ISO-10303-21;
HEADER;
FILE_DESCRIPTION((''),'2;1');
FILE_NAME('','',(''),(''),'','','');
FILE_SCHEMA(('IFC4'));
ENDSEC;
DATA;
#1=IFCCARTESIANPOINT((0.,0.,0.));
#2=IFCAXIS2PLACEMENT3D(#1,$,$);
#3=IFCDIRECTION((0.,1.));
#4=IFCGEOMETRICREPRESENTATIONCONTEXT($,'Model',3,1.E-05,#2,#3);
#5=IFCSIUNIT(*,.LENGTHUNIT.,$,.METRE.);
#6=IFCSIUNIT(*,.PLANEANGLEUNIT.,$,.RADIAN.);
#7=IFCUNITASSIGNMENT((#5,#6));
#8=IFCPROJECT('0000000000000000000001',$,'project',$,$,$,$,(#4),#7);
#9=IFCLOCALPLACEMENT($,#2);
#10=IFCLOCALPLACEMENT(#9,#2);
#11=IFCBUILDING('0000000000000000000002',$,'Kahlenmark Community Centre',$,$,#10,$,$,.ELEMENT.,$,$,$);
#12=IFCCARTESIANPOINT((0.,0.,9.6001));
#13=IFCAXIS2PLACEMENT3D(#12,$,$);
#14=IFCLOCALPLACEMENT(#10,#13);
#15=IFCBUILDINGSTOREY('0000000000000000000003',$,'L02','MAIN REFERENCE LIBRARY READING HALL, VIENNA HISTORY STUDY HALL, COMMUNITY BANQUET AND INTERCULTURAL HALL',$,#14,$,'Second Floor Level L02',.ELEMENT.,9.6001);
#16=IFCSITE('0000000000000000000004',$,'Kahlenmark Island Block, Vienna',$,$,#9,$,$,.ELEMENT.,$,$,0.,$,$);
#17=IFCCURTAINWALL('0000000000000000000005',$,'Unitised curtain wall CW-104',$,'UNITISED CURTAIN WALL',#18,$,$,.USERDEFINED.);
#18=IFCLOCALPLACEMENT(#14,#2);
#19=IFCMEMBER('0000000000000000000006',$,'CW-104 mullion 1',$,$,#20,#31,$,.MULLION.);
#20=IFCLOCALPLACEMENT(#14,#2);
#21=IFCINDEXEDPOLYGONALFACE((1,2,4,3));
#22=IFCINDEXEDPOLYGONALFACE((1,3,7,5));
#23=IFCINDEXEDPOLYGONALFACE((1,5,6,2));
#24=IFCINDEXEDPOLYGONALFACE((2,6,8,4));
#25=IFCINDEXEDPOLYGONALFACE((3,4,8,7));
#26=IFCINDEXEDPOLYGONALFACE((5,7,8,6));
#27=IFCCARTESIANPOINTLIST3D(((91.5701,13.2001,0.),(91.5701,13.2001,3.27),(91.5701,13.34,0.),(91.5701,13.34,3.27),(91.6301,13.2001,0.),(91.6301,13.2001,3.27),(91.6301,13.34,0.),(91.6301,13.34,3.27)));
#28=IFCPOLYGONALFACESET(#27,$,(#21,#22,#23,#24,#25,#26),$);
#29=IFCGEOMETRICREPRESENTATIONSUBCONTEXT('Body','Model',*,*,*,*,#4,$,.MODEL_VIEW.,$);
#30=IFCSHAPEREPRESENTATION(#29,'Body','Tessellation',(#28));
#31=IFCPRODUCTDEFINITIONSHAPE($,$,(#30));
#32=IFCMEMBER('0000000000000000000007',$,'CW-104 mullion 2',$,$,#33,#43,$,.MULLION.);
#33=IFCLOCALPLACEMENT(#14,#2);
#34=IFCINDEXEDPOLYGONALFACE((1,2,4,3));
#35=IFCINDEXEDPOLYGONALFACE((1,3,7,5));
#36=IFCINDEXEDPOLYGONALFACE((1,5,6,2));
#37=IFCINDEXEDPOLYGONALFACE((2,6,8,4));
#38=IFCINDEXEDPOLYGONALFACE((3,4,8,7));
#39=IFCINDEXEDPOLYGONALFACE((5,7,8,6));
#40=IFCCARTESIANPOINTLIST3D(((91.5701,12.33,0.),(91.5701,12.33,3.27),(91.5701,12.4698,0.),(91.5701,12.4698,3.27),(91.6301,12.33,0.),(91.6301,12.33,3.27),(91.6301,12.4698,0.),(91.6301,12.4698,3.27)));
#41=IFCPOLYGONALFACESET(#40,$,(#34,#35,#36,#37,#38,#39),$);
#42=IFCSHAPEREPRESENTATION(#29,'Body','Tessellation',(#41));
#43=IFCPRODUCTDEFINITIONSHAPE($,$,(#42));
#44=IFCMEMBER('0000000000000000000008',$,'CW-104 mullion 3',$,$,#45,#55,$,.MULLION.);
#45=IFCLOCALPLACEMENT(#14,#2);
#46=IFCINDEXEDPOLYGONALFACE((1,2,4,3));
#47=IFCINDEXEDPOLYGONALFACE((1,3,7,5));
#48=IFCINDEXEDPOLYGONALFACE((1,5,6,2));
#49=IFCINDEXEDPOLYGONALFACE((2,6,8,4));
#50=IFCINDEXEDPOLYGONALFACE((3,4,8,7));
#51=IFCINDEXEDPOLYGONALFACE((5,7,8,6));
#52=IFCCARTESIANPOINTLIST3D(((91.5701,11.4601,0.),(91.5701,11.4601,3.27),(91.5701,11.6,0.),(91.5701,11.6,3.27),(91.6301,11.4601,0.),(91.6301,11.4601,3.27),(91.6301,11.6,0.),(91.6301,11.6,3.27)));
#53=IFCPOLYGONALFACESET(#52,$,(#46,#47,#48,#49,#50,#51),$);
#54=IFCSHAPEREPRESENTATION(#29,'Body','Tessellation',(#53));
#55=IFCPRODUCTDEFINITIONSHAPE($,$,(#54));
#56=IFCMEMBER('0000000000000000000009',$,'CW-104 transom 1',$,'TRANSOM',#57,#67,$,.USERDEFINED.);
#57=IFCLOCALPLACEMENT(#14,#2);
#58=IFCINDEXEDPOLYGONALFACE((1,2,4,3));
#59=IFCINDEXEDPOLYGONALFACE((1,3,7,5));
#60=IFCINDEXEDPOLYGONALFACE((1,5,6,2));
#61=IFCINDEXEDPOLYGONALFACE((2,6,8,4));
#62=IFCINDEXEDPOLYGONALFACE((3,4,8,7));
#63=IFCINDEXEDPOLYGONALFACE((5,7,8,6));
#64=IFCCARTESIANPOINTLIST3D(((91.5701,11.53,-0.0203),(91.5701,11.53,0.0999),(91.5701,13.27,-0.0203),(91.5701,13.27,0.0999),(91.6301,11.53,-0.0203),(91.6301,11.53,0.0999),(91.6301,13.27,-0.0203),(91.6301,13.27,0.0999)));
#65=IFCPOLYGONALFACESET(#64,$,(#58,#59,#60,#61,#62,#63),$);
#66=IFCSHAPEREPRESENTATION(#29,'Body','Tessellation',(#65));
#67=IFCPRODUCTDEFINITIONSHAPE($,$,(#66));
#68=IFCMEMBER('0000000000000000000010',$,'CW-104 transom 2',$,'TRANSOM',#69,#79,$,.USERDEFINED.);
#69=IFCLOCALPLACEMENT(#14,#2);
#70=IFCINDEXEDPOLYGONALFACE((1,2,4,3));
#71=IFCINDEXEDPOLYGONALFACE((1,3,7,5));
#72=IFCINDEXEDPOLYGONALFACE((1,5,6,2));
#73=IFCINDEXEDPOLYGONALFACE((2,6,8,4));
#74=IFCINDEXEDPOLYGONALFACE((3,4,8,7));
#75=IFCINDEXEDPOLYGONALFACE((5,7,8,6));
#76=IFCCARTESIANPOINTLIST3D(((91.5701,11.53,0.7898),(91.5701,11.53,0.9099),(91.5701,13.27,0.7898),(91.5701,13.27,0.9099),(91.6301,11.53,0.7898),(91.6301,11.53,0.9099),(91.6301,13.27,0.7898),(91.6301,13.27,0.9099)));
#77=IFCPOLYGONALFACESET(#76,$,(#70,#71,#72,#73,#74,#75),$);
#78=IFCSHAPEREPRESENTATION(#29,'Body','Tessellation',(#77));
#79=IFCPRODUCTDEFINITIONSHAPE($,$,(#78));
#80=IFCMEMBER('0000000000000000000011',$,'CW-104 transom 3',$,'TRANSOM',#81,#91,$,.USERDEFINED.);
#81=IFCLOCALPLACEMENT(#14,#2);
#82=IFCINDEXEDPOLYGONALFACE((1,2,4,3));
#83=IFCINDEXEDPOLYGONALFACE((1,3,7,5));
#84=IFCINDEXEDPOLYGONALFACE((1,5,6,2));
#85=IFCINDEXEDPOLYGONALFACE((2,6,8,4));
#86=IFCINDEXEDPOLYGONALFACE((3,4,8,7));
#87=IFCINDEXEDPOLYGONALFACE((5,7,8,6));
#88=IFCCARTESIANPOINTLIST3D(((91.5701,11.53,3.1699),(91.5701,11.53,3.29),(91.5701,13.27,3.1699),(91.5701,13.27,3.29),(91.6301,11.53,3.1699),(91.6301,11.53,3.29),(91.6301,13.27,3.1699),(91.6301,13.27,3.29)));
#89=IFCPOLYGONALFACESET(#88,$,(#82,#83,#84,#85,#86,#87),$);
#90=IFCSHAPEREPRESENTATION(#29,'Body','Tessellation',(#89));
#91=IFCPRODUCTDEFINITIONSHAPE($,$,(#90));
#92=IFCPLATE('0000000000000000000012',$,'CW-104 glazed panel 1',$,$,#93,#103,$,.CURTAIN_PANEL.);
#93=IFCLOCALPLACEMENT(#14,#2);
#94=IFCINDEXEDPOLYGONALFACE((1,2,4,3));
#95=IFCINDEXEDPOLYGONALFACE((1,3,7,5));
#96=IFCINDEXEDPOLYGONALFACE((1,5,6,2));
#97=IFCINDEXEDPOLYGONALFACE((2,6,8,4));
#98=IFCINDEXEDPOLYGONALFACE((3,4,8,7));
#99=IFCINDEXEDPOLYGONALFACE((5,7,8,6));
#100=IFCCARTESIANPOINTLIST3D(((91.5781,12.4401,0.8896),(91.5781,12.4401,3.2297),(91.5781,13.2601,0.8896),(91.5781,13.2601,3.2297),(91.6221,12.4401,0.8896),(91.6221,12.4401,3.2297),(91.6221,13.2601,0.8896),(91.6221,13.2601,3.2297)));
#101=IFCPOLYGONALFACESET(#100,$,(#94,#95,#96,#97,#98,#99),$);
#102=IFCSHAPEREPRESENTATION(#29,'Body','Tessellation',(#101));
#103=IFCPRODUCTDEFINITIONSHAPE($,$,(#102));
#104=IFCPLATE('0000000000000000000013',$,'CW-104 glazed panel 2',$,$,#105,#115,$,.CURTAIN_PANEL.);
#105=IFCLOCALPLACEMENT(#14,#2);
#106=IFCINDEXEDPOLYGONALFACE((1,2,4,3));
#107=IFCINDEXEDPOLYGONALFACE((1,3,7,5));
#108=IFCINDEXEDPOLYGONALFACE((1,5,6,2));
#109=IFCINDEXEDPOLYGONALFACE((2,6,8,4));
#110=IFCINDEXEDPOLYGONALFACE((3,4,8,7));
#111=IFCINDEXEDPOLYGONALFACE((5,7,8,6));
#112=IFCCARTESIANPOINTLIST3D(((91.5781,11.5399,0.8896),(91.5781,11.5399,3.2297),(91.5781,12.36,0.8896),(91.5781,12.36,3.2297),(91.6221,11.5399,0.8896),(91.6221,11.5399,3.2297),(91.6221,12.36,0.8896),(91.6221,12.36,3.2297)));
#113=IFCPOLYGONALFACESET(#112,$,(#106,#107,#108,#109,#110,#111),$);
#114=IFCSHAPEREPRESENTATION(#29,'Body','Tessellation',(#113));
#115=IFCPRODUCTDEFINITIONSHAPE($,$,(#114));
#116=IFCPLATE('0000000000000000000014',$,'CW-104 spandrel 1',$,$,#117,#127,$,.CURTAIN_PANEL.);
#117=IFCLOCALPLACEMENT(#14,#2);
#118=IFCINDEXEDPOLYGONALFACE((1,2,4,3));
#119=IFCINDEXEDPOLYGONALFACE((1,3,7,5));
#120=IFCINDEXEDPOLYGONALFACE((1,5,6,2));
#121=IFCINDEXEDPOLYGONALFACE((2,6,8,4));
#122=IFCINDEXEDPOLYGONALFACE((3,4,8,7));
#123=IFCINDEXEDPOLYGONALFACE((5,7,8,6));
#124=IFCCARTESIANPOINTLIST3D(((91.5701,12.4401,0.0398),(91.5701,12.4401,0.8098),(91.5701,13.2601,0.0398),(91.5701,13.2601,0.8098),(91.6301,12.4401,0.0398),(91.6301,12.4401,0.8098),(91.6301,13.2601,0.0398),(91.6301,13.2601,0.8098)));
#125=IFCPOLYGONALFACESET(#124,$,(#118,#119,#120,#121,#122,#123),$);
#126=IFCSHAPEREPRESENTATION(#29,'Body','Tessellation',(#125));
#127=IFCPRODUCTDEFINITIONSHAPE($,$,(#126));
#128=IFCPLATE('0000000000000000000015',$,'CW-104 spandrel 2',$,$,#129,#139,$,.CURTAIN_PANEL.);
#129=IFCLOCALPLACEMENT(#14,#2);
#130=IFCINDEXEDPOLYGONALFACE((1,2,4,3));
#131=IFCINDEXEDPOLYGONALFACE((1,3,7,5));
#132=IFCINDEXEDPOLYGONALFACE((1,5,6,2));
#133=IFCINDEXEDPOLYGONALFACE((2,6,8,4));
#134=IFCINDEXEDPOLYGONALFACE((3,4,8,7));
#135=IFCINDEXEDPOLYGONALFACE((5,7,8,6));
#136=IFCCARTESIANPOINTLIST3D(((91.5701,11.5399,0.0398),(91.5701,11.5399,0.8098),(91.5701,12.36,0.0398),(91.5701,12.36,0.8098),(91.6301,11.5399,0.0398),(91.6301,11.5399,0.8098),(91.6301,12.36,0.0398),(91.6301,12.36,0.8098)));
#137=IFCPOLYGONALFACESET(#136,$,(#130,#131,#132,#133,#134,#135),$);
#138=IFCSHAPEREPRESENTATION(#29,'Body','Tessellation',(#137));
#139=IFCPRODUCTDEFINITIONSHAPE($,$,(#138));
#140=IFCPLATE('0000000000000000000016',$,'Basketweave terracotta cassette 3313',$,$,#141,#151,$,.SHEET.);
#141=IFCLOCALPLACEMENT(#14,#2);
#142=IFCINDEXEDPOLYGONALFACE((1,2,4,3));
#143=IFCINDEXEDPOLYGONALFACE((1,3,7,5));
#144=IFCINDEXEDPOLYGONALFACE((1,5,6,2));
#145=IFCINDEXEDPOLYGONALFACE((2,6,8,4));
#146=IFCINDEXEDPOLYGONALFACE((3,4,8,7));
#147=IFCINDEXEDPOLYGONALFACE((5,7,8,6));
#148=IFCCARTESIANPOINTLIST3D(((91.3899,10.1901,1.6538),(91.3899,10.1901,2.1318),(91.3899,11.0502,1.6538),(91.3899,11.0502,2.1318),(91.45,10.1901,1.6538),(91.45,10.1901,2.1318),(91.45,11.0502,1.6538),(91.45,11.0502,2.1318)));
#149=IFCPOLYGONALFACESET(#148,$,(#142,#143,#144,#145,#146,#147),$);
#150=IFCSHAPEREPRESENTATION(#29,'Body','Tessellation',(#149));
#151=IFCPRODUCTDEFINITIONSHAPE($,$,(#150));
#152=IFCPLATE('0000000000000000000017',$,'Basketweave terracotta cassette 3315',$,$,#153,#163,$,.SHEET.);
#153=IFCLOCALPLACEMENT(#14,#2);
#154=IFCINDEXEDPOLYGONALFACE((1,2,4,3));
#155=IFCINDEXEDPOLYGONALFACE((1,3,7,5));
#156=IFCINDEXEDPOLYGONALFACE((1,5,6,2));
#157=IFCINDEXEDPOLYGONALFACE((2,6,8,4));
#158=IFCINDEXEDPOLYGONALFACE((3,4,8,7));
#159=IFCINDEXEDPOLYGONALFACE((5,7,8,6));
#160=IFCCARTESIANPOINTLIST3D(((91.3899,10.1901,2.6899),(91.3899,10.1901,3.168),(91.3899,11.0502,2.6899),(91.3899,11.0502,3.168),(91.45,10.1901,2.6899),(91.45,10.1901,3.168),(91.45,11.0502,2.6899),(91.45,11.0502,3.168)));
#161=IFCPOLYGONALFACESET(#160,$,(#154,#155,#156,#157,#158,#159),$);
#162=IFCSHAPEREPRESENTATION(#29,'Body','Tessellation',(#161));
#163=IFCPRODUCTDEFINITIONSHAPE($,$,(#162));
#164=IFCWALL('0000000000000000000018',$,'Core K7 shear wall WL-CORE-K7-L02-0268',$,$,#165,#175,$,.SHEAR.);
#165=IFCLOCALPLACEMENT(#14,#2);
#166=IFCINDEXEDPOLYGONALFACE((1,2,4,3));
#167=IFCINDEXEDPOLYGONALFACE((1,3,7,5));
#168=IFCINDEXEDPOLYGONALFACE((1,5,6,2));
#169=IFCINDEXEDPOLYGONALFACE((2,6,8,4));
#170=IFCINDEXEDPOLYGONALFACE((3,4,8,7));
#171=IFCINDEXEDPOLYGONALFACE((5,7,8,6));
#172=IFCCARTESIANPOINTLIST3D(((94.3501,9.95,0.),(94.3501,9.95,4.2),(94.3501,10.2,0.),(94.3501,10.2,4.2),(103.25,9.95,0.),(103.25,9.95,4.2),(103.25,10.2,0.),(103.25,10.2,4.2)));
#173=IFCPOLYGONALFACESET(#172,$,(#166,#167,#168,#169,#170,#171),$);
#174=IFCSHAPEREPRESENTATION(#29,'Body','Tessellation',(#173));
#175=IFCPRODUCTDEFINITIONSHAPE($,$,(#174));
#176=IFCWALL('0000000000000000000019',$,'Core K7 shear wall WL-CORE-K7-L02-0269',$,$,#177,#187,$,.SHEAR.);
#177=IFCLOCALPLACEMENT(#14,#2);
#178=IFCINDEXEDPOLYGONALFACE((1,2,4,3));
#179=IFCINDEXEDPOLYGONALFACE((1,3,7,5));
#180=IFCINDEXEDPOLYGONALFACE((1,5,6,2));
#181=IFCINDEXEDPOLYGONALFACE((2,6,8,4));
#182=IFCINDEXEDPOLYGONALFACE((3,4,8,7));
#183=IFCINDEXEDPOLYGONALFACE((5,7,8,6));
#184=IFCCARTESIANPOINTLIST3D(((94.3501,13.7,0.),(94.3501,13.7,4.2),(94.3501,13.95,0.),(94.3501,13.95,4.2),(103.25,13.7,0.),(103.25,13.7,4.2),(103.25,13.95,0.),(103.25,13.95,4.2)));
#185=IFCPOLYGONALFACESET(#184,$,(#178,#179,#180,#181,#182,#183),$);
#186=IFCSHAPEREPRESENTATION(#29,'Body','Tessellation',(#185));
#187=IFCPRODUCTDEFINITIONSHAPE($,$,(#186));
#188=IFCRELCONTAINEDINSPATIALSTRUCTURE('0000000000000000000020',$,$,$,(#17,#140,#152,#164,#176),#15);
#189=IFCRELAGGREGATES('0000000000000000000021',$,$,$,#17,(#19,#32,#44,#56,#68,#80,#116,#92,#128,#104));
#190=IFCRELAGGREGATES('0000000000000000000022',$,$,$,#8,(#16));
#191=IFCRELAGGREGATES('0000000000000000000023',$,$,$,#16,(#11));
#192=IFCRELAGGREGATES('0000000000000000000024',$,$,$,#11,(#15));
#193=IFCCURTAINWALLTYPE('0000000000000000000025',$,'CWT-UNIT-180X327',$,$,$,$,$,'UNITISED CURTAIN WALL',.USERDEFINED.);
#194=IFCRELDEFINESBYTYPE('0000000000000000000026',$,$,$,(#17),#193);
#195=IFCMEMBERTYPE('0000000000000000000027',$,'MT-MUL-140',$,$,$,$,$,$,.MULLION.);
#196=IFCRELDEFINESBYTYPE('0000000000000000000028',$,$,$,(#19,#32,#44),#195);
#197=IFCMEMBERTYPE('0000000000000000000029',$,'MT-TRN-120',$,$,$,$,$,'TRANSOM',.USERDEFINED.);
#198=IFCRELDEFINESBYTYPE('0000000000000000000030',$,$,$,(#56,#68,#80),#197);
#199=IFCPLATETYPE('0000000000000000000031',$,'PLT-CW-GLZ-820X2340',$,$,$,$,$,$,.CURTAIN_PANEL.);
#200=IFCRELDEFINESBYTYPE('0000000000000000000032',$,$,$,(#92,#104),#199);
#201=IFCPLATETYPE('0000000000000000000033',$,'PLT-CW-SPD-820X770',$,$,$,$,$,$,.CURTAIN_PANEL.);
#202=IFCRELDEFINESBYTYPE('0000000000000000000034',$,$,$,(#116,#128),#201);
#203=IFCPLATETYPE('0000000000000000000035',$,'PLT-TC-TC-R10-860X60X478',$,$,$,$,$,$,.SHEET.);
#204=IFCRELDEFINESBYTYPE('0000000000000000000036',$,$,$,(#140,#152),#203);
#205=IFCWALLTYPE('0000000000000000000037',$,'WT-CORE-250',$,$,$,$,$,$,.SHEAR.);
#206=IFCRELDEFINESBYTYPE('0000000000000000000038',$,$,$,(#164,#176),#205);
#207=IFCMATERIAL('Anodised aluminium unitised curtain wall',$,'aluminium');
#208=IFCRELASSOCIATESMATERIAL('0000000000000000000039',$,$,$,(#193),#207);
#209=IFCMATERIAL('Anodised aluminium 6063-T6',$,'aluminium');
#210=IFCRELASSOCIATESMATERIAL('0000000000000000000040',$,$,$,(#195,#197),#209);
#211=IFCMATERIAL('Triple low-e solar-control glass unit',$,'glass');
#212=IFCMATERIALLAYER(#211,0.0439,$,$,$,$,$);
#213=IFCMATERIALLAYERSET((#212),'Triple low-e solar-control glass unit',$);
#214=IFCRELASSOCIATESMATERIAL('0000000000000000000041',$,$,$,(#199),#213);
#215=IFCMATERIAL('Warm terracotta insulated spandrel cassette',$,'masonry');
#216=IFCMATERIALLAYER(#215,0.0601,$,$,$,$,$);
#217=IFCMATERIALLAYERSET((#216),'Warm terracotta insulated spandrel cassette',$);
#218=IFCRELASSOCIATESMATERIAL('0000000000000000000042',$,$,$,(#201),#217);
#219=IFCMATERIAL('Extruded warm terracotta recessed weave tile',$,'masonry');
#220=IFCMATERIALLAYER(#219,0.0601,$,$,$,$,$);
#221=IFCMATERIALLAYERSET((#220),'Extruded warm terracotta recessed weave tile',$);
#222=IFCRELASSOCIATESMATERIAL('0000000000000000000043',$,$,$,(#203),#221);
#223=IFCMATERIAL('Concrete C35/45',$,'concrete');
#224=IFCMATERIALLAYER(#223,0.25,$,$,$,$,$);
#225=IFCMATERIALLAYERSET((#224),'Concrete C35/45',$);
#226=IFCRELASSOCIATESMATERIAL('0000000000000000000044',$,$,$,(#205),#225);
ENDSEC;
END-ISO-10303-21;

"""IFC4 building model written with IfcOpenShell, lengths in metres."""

from ifc_helpers import new_model, si_unit, direction, frame, frame_2d, origin, origin_2d, place, context, subcontext, project, spatial, rectangle, extrude, material, layer, layer_set, material_profile, profile_set, type_object, element, aggregate, save


model = new_model("IFC4")

# Units and contexts
model_context = context("Model", 3, precision=1e-05, world=origin(), true_north=direction((0.0, 1.0)))
body_context = subcontext(model_context, "Body", "Model", "MODEL_VIEW")
ifc_project = project(units=[si_unit("LENGTHUNIT", "METRE"), si_unit("PLANEANGLEUNIT", "RADIAN")], contexts=[model_context])

# Site, building, storey
site_placement = place(None, origin())
site = spatial("IfcSite", under=ifc_project, at=site_placement, Name="Kahlenmark Island Block, Vienna", CompositionType="ELEMENT", RefElevation=0.0)
building_placement = place(site_placement, origin())
building = spatial("IfcBuilding", under=site, at=building_placement, Name="Kahlenmark Community Centre", CompositionType="ELEMENT")
storey_placement = place(building_placement, frame((0.0, 0.0, 9.6001)))
storey = spatial("IfcBuildingStorey", under=building, at=storey_placement, Name="L02", Description="MAIN REFERENCE LIBRARY READING HALL, VIENNA HISTORY STUDY HALL, COMMUNITY BANQUET AND INTERCULTURAL HALL", LongName="Second Floor Level L02", CompositionType="ELEMENT", Elevation=9.6001)

# Curtain wall, members, plates
ifc_material_1 = material(Name="Anodised aluminium unitised curtain wall", Category="aluminium")
curtain_wall_type = type_object("IfcCurtainWallType", Name="CWT-UNIT-180X327", ElementType="UNITISED CURTAIN WALL", PredefinedType="USERDEFINED", material=ifc_material_1)
curtain_wall_placement = place(storey_placement, origin())
curtain_wall = element("IfcCurtainWall", 1, at=curtain_wall_placement, inside=storey, type_object=curtain_wall_type, Name="Unitised curtain wall CW-104", ObjectType="UNITISED CURTAIN WALL", PredefinedType="USERDEFINED")
ifc_material_2 = material(Name="Anodised aluminium 6063-T6", Category="aluminium")
ifc_material_profile_1 = material_profile(ifc_material_2, rectangle(XDim=0.0601, YDim=0.1399, at=origin_2d()), Name="ALU MULLION 60x140")
ifc_profile_set_1 = profile_set([ifc_material_profile_1], Name="Anodised aluminium 6063-T6")
member_type_1 = type_object("IfcMemberType", Name="MT-MUL-140", PredefinedType="MULLION", material=ifc_profile_set_1)
member_1_placement = place(storey_placement, frame((91.6001, 13.27, 0.0), z_axis=(0.0, 0.0, 1.0), x_axis=(1.0, 0.0, 0.0)))
member_1 = element("IfcMember", 2, at=member_1_placement, type_object=member_type_1, Name="CW-104 mullion 1", PredefinedType="MULLION", context=body_context, shape_type="SweptSolid", body=[
    extrude(rectangle(XDim=0.0601, YDim=0.1399, at=origin_2d()), origin(), (0.0, 0.0, 1.0), 3.27),
])
member_2_placement = place(storey_placement, frame((91.6001, 12.3999, 0.0), z_axis=(0.0, 0.0, 1.0), x_axis=(1.0, 0.0, 0.0)))
member_2 = element("IfcMember", 3, at=member_2_placement, type_object=member_type_1, Name="CW-104 mullion 2", PredefinedType="MULLION", context=body_context, shape_type="SweptSolid", body=[
    extrude(rectangle(XDim=0.0601, YDim=0.1399, at=origin_2d()), origin(), (0.0, 0.0, 1.0), 3.27),
])
member_3_placement = place(storey_placement, frame((91.6001, 11.53, 0.0), z_axis=(0.0, 0.0, 1.0), x_axis=(1.0, 0.0, 0.0)))
member_3 = element("IfcMember", 4, at=member_3_placement, type_object=member_type_1, Name="CW-104 mullion 3", PredefinedType="MULLION", context=body_context, shape_type="SweptSolid", body=[
    extrude(rectangle(XDim=0.0601, YDim=0.1399, at=origin_2d()), origin(), (0.0, 0.0, 1.0), 3.27),
])
ifc_material_profile_2 = material_profile(ifc_material_2, rectangle(XDim=0.0601, YDim=0.1201, at=origin_2d()), Name="ALU TRANSOM 60x120")
ifc_profile_set_2 = profile_set([ifc_material_profile_2], Name="Anodised aluminium 6063-T6")
member_type_2 = type_object("IfcMemberType", Name="MT-TRN-120", ElementType="TRANSOM", PredefinedType="USERDEFINED", material=ifc_profile_set_2)
member_4_placement = place(storey_placement, frame((91.6001, 13.27, 0.0398), z_axis=(0.0, -1.0, 0.0), x_axis=(1.0, 0.0, 0.0)))
member_4 = element("IfcMember", 5, at=member_4_placement, type_object=member_type_2, Name="CW-104 transom 1", ObjectType="TRANSOM", PredefinedType="USERDEFINED", context=body_context, shape_type="SweptSolid", body=[
    extrude(rectangle(XDim=0.0601, YDim=0.1201, at=origin_2d()), origin(), (0.0, 0.0, 1.0), 1.74),
])
member_5_placement = place(storey_placement, frame((91.6001, 13.27, 0.8499), z_axis=(0.0, -1.0, 0.0), x_axis=(1.0, 0.0, 0.0)))
member_5 = element("IfcMember", 6, at=member_5_placement, type_object=member_type_2, Name="CW-104 transom 2", ObjectType="TRANSOM", PredefinedType="USERDEFINED", context=body_context, shape_type="SweptSolid", body=[
    extrude(rectangle(XDim=0.0601, YDim=0.1201, at=origin_2d()), origin(), (0.0, 0.0, 1.0), 1.74),
])
member_6_placement = place(storey_placement, frame((91.6001, 13.27, 3.23), z_axis=(0.0, -1.0, 0.0), x_axis=(1.0, 0.0, 0.0)))
member_6 = element("IfcMember", 7, at=member_6_placement, type_object=member_type_2, Name="CW-104 transom 3", ObjectType="TRANSOM", PredefinedType="USERDEFINED", context=body_context, shape_type="SweptSolid", body=[
    extrude(rectangle(XDim=0.0601, YDim=0.1201, at=origin_2d()), origin(), (0.0, 0.0, 1.0), 1.74),
])
ifc_material_3 = material(Name="Triple low-e solar-control glass unit", Category="glass")
ifc_layer_1 = layer(ifc_material_3, 0.0439)
ifc_layer_set_1 = layer_set([ifc_layer_1], Name="Triple low-e solar-control glass unit")
plate_type_1 = type_object("IfcPlateType", Name="PLT-CW-GLZ-820X2340", PredefinedType="CURTAIN_PANEL", material=ifc_layer_set_1)
plate_1_placement = place(storey_placement, frame((91.6001, 12.8501, 0.8896), z_axis=(0.0, 0.0, 1.0), x_axis=(0.0, -1.0, 0.0)))
plate_1 = element("IfcPlate", 8, at=plate_1_placement, type_object=plate_type_1, Name="CW-104 glazed panel 1", PredefinedType="CURTAIN_PANEL", context=body_context, shape_type="SweptSolid", body=[
    extrude(rectangle(XDim=0.8201, YDim=0.0439, at=origin_2d()), origin(), (0.0, 0.0, 1.0), 2.3401),
])
plate_2_placement = place(storey_placement, frame((91.6001, 11.95, 0.8896), z_axis=(0.0, 0.0, 1.0), x_axis=(0.0, -1.0, 0.0)))
plate_2 = element("IfcPlate", 9, at=plate_2_placement, type_object=plate_type_1, Name="CW-104 glazed panel 2", PredefinedType="CURTAIN_PANEL", context=body_context, shape_type="SweptSolid", body=[
    extrude(rectangle(XDim=0.8201, YDim=0.0439, at=origin_2d()), origin(), (0.0, 0.0, 1.0), 2.3401),
])
ifc_material_4 = material(Name="Warm terracotta insulated spandrel cassette", Category="masonry")
ifc_layer_2 = layer(ifc_material_4, 0.0601)
ifc_layer_set_2 = layer_set([ifc_layer_2], Name="Warm terracotta insulated spandrel cassette")
plate_type_2 = type_object("IfcPlateType", Name="PLT-CW-SPD-820X770", PredefinedType="CURTAIN_PANEL", material=ifc_layer_set_2)
plate_3_placement = place(storey_placement, frame((91.6001, 12.8501, 0.0398), z_axis=(0.0, 0.0, 1.0), x_axis=(0.0, -1.0, 0.0)))
plate_3 = element("IfcPlate", 10, at=plate_3_placement, type_object=plate_type_2, Name="CW-104 spandrel 1", PredefinedType="CURTAIN_PANEL", context=body_context, shape_type="SweptSolid", body=[
    extrude(rectangle(XDim=0.8201, YDim=0.0601, at=origin_2d()), origin(), (0.0, 0.0, 1.0), 0.77),
])
plate_4_placement = place(storey_placement, frame((91.6001, 11.95, 0.0398), z_axis=(0.0, 0.0, 1.0), x_axis=(0.0, -1.0, 0.0)))
plate_4 = element("IfcPlate", 11, at=plate_4_placement, type_object=plate_type_2, Name="CW-104 spandrel 2", PredefinedType="CURTAIN_PANEL", context=body_context, shape_type="SweptSolid", body=[
    extrude(rectangle(XDim=0.8201, YDim=0.0601, at=origin_2d()), origin(), (0.0, 0.0, 1.0), 0.77),
])
aggregate(curtain_wall, [member_1, member_2, member_3, member_4, member_5, member_6, plate_3, plate_1, plate_4, plate_2])

# Plates
ifc_material_5 = material(Name="Extruded warm terracotta recessed weave tile", Category="masonry")
ifc_layer_3 = layer(ifc_material_5, 0.0601)
ifc_layer_set_3 = layer_set([ifc_layer_3], Name="Extruded warm terracotta recessed weave tile")
plate_type_3 = type_object("IfcPlateType", Name="PLT-TC-TC-R10-860X60X478", PredefinedType="SHEET", material=ifc_layer_set_3)
for number, where, z_axis, x_axis, name in (
    (12, (91.4199, 10.6201, 1.6538), (0.0, 0.0, 1.0), (0.0, -1.0, 0.0), "Basketweave terracotta cassette 3313"),
    (13, (91.4199, 10.6201, 2.6899), (0.0, 0.0, 1.0), (0.0, -1.0, 0.0), "Basketweave terracotta cassette 3315"),
):
    element("IfcPlate", number, at=place(storey_placement, frame(where, z_axis=z_axis, x_axis=x_axis)), inside=storey, type_object=plate_type_3, Name=name, PredefinedType="SHEET", context=body_context, shape_type="SweptSolid", body=[
        extrude(rectangle(XDim=0.8601, YDim=0.0601, at=origin_2d()), origin(), (0.0, 0.0, 1.0), 0.478),
    ])

# Shared definitions
ifc_material_6 = material(Name="Concrete C35/45", Category="concrete")
ifc_layer_4 = layer(ifc_material_6, 0.25)
ifc_layer_set_4 = layer_set([ifc_layer_4], Name="Concrete C35/45")
wall_type_1 = type_object("IfcWallType", Name="WT-CORE-250", PredefinedType="SHEAR", material=ifc_layer_set_4)

# Walls
for number, where, z_axis, x_axis, name in (
    (14, (94.3501, 10.075, 0.0), (0.0, 0.0, 1.0), (1.0, 0.0, 0.0), "Core K7 shear wall WL-CORE-K7-L02-0268"),
    (15, (94.3501, 13.825, 0.0), (0.0, 0.0, 1.0), (1.0, 0.0, 0.0), "Core K7 shear wall WL-CORE-K7-L02-0269"),
):
    element("IfcWall", number, at=place(storey_placement, frame(where, z_axis=z_axis, x_axis=x_axis)), inside=storey, type_object=wall_type_1, Name=name, PredefinedType="SHEAR", context=body_context, shape_type="SweptSolid", body=[
        extrude(rectangle(XDim=8.8999, YDim=0.25, at=frame_2d((4.45, 0.0))), origin(), (0.0, 0.0, 1.0), 4.2),
    ])

save(model, "model.ifc")
